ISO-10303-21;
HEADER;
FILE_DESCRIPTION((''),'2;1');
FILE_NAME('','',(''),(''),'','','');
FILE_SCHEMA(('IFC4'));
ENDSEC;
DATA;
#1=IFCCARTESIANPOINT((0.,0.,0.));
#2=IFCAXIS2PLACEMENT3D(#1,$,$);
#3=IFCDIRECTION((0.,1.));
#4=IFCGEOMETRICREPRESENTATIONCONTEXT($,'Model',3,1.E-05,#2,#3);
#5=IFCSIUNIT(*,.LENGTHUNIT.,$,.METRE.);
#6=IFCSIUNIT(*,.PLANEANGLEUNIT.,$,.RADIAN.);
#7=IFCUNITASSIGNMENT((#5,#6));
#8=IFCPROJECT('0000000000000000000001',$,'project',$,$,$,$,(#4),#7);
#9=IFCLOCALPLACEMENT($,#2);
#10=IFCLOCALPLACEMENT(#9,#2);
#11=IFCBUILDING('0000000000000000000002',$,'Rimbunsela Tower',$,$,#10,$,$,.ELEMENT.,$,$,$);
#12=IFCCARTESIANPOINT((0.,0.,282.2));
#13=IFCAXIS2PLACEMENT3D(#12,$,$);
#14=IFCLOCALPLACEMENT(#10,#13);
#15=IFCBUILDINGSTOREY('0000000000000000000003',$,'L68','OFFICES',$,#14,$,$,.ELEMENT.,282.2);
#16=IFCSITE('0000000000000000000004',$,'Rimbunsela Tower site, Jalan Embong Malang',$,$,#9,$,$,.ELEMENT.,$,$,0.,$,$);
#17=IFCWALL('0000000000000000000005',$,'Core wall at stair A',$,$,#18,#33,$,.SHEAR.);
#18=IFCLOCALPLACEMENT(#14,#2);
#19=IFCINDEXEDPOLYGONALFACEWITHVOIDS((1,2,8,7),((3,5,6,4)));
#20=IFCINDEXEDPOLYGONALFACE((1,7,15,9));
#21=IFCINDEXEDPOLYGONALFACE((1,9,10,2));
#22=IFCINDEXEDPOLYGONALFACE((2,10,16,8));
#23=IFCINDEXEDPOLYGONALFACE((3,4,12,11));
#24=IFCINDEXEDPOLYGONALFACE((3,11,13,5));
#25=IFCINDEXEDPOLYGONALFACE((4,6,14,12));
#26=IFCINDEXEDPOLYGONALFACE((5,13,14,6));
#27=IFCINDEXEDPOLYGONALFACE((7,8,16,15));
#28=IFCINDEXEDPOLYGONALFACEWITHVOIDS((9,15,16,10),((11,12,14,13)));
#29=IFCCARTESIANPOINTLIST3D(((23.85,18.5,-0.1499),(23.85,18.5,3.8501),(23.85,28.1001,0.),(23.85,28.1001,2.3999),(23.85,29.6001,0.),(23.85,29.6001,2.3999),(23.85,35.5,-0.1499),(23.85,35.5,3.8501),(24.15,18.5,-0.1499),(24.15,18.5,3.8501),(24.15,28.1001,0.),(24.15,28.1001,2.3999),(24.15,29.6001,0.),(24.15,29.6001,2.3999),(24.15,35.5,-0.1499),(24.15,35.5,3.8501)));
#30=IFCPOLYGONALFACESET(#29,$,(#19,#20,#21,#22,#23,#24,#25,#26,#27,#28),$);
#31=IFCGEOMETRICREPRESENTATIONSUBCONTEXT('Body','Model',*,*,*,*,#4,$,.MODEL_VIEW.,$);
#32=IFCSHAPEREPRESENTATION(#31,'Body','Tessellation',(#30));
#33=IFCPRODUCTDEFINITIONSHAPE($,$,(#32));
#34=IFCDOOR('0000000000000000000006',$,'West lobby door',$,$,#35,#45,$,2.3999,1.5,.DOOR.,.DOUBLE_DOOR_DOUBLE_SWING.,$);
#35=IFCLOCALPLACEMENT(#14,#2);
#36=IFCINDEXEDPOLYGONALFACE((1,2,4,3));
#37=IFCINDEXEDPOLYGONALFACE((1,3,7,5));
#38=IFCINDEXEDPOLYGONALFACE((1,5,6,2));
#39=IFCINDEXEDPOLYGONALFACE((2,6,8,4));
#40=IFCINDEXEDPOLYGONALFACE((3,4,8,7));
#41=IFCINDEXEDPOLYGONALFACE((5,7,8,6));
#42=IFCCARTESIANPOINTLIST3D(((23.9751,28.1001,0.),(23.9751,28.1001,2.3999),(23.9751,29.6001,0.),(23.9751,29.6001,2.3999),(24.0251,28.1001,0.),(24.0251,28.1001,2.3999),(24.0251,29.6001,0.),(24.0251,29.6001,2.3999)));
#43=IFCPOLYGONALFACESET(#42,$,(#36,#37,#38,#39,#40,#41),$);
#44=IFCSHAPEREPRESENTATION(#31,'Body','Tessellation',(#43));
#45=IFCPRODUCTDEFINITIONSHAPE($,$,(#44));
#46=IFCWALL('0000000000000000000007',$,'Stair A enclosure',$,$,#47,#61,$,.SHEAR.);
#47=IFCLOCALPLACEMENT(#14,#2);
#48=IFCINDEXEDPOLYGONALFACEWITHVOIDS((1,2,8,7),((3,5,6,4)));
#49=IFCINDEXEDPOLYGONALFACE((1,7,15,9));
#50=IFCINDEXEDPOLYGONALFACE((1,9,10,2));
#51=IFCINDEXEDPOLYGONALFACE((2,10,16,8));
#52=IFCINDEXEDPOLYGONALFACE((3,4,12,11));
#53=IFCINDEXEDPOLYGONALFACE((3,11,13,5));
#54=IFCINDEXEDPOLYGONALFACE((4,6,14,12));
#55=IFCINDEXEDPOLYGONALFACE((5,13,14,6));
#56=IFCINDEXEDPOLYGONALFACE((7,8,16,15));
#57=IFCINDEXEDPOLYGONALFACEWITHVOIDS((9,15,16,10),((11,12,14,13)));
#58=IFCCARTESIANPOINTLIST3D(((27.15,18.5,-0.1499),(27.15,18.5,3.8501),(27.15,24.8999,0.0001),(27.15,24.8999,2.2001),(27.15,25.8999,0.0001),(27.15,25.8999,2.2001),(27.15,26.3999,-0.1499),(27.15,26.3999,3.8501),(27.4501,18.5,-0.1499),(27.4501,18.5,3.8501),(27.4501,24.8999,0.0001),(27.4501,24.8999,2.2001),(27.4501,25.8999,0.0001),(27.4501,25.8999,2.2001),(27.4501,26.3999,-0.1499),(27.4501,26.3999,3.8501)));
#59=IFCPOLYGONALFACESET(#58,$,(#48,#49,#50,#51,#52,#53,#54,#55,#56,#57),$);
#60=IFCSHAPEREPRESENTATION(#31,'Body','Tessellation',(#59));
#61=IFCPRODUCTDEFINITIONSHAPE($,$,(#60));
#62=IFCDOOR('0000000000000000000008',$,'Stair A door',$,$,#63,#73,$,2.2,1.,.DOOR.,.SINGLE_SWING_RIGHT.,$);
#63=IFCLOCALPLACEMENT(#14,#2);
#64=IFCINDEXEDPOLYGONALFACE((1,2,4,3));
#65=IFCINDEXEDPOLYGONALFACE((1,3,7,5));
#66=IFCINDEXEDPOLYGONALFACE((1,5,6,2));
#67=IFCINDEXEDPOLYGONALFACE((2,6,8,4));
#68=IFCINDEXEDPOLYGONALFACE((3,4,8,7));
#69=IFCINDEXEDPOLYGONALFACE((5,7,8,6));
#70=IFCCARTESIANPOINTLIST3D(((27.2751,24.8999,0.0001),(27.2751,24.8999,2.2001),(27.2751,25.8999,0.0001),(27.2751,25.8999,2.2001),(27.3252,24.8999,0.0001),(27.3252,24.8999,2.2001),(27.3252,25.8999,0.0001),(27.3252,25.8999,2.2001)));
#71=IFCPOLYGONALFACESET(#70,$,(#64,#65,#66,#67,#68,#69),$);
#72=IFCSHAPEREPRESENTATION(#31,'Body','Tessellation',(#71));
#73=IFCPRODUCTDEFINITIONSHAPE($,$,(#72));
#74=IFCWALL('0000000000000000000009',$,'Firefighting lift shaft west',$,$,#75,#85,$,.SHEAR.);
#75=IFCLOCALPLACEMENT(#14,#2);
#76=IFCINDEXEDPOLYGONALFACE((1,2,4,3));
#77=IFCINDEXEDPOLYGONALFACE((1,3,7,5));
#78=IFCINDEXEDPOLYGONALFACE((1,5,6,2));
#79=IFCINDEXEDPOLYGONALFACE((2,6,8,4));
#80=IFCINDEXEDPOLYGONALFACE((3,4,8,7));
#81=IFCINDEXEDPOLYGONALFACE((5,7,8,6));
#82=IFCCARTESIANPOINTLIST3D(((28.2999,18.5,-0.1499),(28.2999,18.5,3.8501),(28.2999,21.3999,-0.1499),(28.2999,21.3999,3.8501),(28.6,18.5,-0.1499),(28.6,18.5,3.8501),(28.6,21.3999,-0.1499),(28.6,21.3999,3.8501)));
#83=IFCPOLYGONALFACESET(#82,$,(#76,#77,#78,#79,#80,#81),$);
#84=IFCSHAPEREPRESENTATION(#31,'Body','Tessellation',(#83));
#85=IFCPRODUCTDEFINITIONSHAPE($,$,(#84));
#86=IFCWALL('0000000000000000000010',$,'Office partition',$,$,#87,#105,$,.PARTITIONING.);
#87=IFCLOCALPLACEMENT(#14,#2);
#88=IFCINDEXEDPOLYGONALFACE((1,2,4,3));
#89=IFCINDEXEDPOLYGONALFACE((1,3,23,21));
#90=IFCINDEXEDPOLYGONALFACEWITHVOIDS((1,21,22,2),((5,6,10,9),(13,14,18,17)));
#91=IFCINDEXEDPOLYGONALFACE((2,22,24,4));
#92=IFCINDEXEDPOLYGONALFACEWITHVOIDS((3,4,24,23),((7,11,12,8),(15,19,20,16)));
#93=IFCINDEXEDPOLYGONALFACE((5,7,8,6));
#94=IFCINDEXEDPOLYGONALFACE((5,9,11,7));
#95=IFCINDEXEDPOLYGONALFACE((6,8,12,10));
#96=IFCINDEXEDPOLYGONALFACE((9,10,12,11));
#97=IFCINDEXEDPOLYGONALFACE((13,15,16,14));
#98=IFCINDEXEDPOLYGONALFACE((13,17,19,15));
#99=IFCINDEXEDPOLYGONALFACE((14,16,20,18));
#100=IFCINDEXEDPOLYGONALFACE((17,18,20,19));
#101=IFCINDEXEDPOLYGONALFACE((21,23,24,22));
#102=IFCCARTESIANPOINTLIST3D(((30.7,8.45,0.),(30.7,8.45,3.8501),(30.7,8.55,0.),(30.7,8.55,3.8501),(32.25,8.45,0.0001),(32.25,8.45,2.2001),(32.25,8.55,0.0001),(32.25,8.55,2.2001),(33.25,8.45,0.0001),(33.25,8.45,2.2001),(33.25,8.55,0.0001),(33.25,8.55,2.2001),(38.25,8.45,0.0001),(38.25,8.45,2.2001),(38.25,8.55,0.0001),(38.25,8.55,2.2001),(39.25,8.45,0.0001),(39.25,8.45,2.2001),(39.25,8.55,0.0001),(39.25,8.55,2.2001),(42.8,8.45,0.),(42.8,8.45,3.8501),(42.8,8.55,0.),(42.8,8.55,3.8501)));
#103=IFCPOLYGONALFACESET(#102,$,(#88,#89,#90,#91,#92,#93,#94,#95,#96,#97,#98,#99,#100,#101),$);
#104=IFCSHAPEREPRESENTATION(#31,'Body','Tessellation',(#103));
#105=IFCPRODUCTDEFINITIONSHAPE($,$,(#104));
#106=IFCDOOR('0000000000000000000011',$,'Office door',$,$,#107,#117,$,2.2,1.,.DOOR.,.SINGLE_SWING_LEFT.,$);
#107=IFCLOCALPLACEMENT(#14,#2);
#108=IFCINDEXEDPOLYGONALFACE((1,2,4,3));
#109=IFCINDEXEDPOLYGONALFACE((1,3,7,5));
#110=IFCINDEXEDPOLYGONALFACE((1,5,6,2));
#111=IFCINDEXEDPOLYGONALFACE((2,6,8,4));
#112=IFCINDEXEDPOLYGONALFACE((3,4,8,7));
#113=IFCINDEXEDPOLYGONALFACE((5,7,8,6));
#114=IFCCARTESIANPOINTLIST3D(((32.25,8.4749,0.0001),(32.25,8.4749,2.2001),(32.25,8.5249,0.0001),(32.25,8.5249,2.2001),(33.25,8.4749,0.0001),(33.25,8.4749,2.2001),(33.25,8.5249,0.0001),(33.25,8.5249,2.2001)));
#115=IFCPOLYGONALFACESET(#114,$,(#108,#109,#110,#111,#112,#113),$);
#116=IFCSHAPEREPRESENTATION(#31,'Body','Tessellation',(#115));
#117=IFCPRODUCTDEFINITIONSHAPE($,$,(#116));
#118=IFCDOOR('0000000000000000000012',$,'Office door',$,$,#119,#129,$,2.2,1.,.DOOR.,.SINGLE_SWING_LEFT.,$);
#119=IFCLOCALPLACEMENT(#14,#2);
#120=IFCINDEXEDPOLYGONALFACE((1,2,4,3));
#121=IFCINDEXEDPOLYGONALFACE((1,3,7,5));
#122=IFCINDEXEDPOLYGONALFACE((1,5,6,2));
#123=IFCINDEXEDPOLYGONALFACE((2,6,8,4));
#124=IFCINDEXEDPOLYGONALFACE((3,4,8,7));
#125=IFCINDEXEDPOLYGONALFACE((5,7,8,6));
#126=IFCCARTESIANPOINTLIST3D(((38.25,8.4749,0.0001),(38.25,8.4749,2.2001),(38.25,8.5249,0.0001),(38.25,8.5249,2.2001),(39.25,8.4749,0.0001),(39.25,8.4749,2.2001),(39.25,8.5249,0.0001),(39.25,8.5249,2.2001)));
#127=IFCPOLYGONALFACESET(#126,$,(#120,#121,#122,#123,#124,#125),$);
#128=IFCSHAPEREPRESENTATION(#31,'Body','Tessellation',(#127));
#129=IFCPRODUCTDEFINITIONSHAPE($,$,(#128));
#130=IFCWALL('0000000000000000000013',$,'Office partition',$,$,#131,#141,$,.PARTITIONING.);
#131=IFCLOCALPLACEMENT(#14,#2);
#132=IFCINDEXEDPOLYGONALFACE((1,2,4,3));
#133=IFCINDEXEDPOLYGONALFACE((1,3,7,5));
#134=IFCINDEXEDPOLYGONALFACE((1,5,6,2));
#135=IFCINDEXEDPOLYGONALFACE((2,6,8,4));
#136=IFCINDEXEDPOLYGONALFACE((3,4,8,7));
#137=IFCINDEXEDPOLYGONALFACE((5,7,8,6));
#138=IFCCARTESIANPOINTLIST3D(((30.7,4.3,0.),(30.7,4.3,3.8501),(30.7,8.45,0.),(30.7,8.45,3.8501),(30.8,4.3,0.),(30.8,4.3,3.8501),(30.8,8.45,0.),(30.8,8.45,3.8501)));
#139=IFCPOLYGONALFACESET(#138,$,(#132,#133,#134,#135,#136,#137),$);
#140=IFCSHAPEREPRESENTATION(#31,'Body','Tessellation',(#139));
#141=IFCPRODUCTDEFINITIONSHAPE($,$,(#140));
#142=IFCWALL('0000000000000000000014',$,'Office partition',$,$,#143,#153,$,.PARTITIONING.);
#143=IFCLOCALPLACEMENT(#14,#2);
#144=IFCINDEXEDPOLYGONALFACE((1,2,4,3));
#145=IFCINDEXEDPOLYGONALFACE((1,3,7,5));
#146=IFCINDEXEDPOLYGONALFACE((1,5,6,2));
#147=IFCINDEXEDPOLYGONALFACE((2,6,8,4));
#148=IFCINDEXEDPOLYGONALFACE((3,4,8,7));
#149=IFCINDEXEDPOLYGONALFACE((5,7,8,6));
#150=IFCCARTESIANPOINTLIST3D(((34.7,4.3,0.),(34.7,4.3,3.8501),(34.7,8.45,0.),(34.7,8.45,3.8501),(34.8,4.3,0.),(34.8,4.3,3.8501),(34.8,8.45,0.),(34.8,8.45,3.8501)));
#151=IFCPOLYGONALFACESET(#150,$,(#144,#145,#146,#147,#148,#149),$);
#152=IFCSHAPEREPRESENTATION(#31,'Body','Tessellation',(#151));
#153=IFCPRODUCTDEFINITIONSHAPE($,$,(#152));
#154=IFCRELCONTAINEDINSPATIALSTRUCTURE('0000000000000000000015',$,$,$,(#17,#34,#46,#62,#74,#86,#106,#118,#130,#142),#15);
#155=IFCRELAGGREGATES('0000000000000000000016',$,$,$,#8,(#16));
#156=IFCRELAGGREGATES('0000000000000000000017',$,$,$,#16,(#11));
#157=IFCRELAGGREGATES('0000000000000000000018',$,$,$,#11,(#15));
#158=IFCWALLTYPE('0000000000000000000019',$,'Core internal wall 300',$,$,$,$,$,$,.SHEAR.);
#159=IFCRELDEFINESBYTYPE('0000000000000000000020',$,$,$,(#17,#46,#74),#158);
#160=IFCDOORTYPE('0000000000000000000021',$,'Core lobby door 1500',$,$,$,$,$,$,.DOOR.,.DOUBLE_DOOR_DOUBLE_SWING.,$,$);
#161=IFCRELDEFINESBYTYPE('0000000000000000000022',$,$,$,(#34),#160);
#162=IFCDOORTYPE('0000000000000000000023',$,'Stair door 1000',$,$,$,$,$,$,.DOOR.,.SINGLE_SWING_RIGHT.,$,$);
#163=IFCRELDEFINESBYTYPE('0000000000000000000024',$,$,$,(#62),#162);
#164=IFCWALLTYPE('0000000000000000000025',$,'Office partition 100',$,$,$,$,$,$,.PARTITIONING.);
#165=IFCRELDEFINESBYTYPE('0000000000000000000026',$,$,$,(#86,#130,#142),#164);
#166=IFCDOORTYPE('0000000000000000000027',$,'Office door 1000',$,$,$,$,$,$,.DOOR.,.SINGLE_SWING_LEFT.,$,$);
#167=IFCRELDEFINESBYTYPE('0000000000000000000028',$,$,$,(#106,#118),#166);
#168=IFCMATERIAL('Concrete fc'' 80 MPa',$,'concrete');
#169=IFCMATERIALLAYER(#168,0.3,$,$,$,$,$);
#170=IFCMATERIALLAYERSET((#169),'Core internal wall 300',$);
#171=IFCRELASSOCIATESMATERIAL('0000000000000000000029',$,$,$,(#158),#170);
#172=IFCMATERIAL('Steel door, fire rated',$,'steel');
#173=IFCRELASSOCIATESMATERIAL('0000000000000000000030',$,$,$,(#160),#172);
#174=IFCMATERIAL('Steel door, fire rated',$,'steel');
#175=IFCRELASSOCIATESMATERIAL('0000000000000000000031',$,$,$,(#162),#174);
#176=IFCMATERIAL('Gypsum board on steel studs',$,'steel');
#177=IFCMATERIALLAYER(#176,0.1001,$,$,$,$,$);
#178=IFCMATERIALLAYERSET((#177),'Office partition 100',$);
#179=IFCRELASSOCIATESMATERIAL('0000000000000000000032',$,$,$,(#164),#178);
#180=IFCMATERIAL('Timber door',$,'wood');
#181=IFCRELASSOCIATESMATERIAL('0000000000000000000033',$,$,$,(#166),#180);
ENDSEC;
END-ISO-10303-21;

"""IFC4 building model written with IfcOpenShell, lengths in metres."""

from ifc_helpers import new_model, si_unit, direction, frame, frame_2d, origin, place, context, subcontext, project, spatial, rectangle, extrude, material, layer, layer_set, type_object, element, fill, save


model = new_model("IFC4")

# Units and contexts
model_context = context("Model", 3, precision=1e-05, world=origin(), true_north=direction((0.0, 1.0)))
body_context = subcontext(model_context, "Body", "Model", "MODEL_VIEW")
ifc_project = project(units=[si_unit("LENGTHUNIT", "METRE"), si_unit("PLANEANGLEUNIT", "RADIAN")], contexts=[model_context])

# Site, building, storey
site_placement = place(None, origin())
site = spatial("IfcSite", under=ifc_project, at=site_placement, Name="Rimbunsela Tower site, Jalan Embong Malang", CompositionType="ELEMENT", RefElevation=0.0)
building_placement = place(site_placement, origin())
building = spatial("IfcBuilding", under=site, at=building_placement, Name="Rimbunsela Tower", CompositionType="ELEMENT")
storey_placement = place(building_placement, frame((0.0, 0.0, 282.2)))
storey = spatial("IfcBuildingStorey", under=building, at=storey_placement, Name="L68", Description="OFFICES", CompositionType="ELEMENT", Elevation=282.2)

# Walls, openings, doors
ifc_material_1 = material(Name="Concrete fc' 80 MPa", Category="concrete")
ifc_layer_1 = layer(ifc_material_1, 0.3)
ifc_layer_set_1 = layer_set([ifc_layer_1], Name="Core internal wall 300")
wall_type_1 = type_object("IfcWallType", Name="Core internal wall 300", PredefinedType="SHEAR", material=ifc_layer_set_1)
wall_1_placement = place(storey_placement, frame((24.0, 18.5, -0.1499), z_axis=(0.0, 0.0, 1.0), x_axis=(0.0, 1.0, 0.0)))
wall_1 = element("IfcWall", 1, at=wall_1_placement, inside=storey, type_object=wall_type_1, Name="Core wall at stair A", PredefinedType="SHEAR", context=body_context, shape_type="SweptSolid", body=[
    extrude(rectangle(XDim=17.0, YDim=0.3, at=frame_2d((8.5, 0.0))), origin(), (0.0, 0.0, 1.0), 4.0),
])
opening_1_placement = place(wall_1_placement, frame((9.6001, 0.0, 0.1499)))
opening_1 = element("IfcOpeningElement", 2, at=opening_1_placement, cuts=wall_1, PredefinedType="OPENING", context=body_context, shape_type="SweptSolid", body=[
    extrude(rectangle(XDim=1.5, YDim=2.3999, at=frame_2d((0.75, 1.2))), frame((0.0, 0.1599, 0.0), z_axis=(0.0, -1.0, 0.0), x_axis=(1.0, 0.0, 0.0)), (0.0, 0.0, 1.0), 0.3201),
])
ifc_material_2 = material(Name="Steel door, fire rated", Category="steel")
door_type_1 = type_object("IfcDoorType", Name="Core lobby door 1500", OperationType="DOUBLE_DOOR_DOUBLE_SWING", PredefinedType="DOOR", material=ifc_material_2)
door_1_placement = place(opening_1_placement, origin())
door_1 = element("IfcDoor", 3, at=door_1_placement, inside=storey, type_object=door_type_1, Name="West lobby door", OperationType="DOUBLE_DOOR_DOUBLE_SWING", OverallHeight=2.3999, OverallWidth=1.5, PredefinedType="DOOR", context=body_context, shape_type="SweptSolid", body=[
    extrude(rectangle(XDim=1.5, YDim=2.3999, at=frame_2d((0.75, 1.2))), frame((0.0, 0.0249, 0.0), z_axis=(0.0, -1.0, 0.0), x_axis=(1.0, 0.0, 0.0)), (0.0, 0.0, 1.0), 0.05),
])
fill(opening_1, door_1)
wall_2_placement = place(storey_placement, frame((27.3, 18.5, -0.1499), z_axis=(0.0, 0.0, 1.0), x_axis=(0.0, 1.0, 0.0)))
wall_2 = element("IfcWall", 4, at=wall_2_placement, inside=storey, type_object=wall_type_1, Name="Stair A enclosure", PredefinedType="SHEAR", context=body_context, shape_type="SweptSolid", body=[
    extrude(rectangle(XDim=7.8999, YDim=0.3, at=frame_2d((3.95, 0.0))), origin(), (0.0, 0.0, 1.0), 4.0),
])
opening_2_placement = place(wall_2_placement, frame((6.3999, 0.0, 0.1499)))
opening_2 = element("IfcOpeningElement", 5, at=opening_2_placement, cuts=wall_2, PredefinedType="OPENING", context=body_context, shape_type="SweptSolid", body=[
    extrude(rectangle(XDim=1.0, YDim=2.2, at=frame_2d((0.5, 1.1001))), frame((0.0, 0.1599, 0.0), z_axis=(0.0, -1.0, 0.0), x_axis=(1.0, 0.0, 0.0)), (0.0, 0.0, 1.0), 0.3201),
])
ifc_material_3 = material(Name="Steel door, fire rated", Category="steel")
door_type_2 = type_object("IfcDoorType", Name="Stair door 1000", OperationType="SINGLE_SWING_RIGHT", PredefinedType="DOOR", material=ifc_material_3)
door_2_placement = place(opening_2_placement, origin())
door_2 = element("IfcDoor", 6, at=door_2_placement, inside=storey, type_object=door_type_2, Name="Stair A door", OperationType="SINGLE_SWING_RIGHT", OverallHeight=2.2, OverallWidth=1.0, PredefinedType="DOOR", context=body_context, shape_type="SweptSolid", body=[
    extrude(rectangle(XDim=1.0, YDim=2.2, at=frame_2d((0.5, 1.1001))), frame((0.0, 0.0249, 0.0), z_axis=(0.0, -1.0, 0.0), x_axis=(1.0, 0.0, 0.0)), (0.0, 0.0, 1.0), 0.05),
])
fill(opening_2, door_2)

# Wall
wall_3_placement = place(storey_placement, frame((28.45, 18.5, -0.1499), z_axis=(0.0, 0.0, 1.0), x_axis=(0.0, 1.0, 0.0)))
element("IfcWall", 7, at=wall_3_placement, inside=storey, type_object=wall_type_1, Name="Firefighting lift shaft west", PredefinedType="SHEAR", context=body_context, shape_type="SweptSolid", body=[
    extrude(rectangle(XDim=2.8999, YDim=0.3, at=frame_2d((1.45, 0.0))), origin(), (0.0, 0.0, 1.0), 4.0),
])

# Wall, openings, doors
ifc_material_4 = material(Name="Gypsum board on steel studs", Category="steel")
ifc_layer_2 = layer(ifc_material_4, 0.1001)
ifc_layer_set_2 = layer_set([ifc_layer_2], Name="Office partition 100")
wall_type_2 = type_object("IfcWallType", Name="Office partition 100", PredefinedType="PARTITIONING", material=ifc_layer_set_2)
wall_4_placement = place(storey_placement, frame((30.7, 8.5, 0.0), z_axis=(0.0, 0.0, 1.0), x_axis=(1.0, 0.0, 0.0)))
wall_4 = element("IfcWall", 8, at=wall_4_placement, inside=storey, type_object=wall_type_2, Name="Office partition", PredefinedType="PARTITIONING", context=body_context, shape_type="SweptSolid", body=[
    extrude(rectangle(XDim=12.1001, YDim=0.1001, at=frame_2d((6.05, 0.0))), origin(), (0.0, 0.0, 1.0), 3.8501),
])
opening_3_placement = place(wall_4_placement, frame((1.55, 0.0, 0.0)))
opening_3 = element("IfcOpeningElement", 9, at=opening_3_placement, cuts=wall_4, PredefinedType="OPENING", context=body_context, shape_type="SweptSolid", body=[
    extrude(rectangle(XDim=1.0, YDim=2.2, at=frame_2d((0.5, 1.1001))), frame((0.0, 0.0601, 0.0), z_axis=(0.0, -1.0, 0.0), x_axis=(1.0, 0.0, 0.0)), (0.0, 0.0, 1.0), 0.1201),
])
opening_4_placement = place(wall_4_placement, frame((7.55, 0.0, 0.0)))
opening_4 = element("IfcOpeningElement", 10, at=opening_4_placement, cuts=wall_4, PredefinedType="OPENING", context=body_context, shape_type="SweptSolid", body=[
    extrude(rectangle(XDim=1.0, YDim=2.2, at=frame_2d((0.5, 1.1001))), frame((0.0, 0.0601, 0.0), z_axis=(0.0, -1.0, 0.0), x_axis=(1.0, 0.0, 0.0)), (0.0, 0.0, 1.0), 0.1201),
])
ifc_material_5 = material(Name="Timber door", Category="wood")
door_type_3 = type_object("IfcDoorType", Name="Office door 1000", OperationType="SINGLE_SWING_LEFT", PredefinedType="DOOR", material=ifc_material_5)
door_3_placement = place(opening_3_placement, origin())
door_3 = element("IfcDoor", 11, at=door_3_placement, inside=storey, type_object=door_type_3, Name="Office door", OperationType="SINGLE_SWING_LEFT", OverallHeight=2.2, OverallWidth=1.0, PredefinedType="DOOR", context=body_context, shape_type="SweptSolid", body=[
    extrude(rectangle(XDim=1.0, YDim=2.2, at=frame_2d((0.5, 1.1001))), frame((0.0, 0.0249, 0.0), z_axis=(0.0, -1.0, 0.0), x_axis=(1.0, 0.0, 0.0)), (0.0, 0.0, 1.0), 0.05),
])
fill(opening_3, door_3)
door_4_placement = place(opening_4_placement, origin())
door_4 = element("IfcDoor", 12, at=door_4_placement, inside=storey, type_object=door_type_3, Name="Office door", OperationType="SINGLE_SWING_LEFT", OverallHeight=2.2, OverallWidth=1.0, PredefinedType="DOOR", context=body_context, shape_type="SweptSolid", body=[
    extrude(rectangle(XDim=1.0, YDim=2.2, at=frame_2d((0.5, 1.1001))), frame((0.0, 0.0249, 0.0), z_axis=(0.0, -1.0, 0.0), x_axis=(1.0, 0.0, 0.0)), (0.0, 0.0, 1.0), 0.05),
])
fill(opening_4, door_4)

# Walls
for number, where, z_axis, x_axis, name in (
    (13, (30.75, 4.3, 0.0), (0.0, 0.0, 1.0), (0.0, 1.0, 0.0), "Office partition"),
    (14, (34.75, 4.3, 0.0), (0.0, 0.0, 1.0), (0.0, 1.0, 0.0), "Office partition"),
):
    element("IfcWall", number, at=place(storey_placement, frame(where, z_axis=z_axis, x_axis=x_axis)), inside=storey, type_object=wall_type_2, Name=name, PredefinedType="PARTITIONING", context=body_context, shape_type="SweptSolid", body=[
        extrude(rectangle(XDim=4.1499, YDim=0.1001, at=frame_2d((2.075, 0.0))), origin(), (0.0, 0.0, 1.0), 3.8501),
    ])

save(model, "model.ifc")
